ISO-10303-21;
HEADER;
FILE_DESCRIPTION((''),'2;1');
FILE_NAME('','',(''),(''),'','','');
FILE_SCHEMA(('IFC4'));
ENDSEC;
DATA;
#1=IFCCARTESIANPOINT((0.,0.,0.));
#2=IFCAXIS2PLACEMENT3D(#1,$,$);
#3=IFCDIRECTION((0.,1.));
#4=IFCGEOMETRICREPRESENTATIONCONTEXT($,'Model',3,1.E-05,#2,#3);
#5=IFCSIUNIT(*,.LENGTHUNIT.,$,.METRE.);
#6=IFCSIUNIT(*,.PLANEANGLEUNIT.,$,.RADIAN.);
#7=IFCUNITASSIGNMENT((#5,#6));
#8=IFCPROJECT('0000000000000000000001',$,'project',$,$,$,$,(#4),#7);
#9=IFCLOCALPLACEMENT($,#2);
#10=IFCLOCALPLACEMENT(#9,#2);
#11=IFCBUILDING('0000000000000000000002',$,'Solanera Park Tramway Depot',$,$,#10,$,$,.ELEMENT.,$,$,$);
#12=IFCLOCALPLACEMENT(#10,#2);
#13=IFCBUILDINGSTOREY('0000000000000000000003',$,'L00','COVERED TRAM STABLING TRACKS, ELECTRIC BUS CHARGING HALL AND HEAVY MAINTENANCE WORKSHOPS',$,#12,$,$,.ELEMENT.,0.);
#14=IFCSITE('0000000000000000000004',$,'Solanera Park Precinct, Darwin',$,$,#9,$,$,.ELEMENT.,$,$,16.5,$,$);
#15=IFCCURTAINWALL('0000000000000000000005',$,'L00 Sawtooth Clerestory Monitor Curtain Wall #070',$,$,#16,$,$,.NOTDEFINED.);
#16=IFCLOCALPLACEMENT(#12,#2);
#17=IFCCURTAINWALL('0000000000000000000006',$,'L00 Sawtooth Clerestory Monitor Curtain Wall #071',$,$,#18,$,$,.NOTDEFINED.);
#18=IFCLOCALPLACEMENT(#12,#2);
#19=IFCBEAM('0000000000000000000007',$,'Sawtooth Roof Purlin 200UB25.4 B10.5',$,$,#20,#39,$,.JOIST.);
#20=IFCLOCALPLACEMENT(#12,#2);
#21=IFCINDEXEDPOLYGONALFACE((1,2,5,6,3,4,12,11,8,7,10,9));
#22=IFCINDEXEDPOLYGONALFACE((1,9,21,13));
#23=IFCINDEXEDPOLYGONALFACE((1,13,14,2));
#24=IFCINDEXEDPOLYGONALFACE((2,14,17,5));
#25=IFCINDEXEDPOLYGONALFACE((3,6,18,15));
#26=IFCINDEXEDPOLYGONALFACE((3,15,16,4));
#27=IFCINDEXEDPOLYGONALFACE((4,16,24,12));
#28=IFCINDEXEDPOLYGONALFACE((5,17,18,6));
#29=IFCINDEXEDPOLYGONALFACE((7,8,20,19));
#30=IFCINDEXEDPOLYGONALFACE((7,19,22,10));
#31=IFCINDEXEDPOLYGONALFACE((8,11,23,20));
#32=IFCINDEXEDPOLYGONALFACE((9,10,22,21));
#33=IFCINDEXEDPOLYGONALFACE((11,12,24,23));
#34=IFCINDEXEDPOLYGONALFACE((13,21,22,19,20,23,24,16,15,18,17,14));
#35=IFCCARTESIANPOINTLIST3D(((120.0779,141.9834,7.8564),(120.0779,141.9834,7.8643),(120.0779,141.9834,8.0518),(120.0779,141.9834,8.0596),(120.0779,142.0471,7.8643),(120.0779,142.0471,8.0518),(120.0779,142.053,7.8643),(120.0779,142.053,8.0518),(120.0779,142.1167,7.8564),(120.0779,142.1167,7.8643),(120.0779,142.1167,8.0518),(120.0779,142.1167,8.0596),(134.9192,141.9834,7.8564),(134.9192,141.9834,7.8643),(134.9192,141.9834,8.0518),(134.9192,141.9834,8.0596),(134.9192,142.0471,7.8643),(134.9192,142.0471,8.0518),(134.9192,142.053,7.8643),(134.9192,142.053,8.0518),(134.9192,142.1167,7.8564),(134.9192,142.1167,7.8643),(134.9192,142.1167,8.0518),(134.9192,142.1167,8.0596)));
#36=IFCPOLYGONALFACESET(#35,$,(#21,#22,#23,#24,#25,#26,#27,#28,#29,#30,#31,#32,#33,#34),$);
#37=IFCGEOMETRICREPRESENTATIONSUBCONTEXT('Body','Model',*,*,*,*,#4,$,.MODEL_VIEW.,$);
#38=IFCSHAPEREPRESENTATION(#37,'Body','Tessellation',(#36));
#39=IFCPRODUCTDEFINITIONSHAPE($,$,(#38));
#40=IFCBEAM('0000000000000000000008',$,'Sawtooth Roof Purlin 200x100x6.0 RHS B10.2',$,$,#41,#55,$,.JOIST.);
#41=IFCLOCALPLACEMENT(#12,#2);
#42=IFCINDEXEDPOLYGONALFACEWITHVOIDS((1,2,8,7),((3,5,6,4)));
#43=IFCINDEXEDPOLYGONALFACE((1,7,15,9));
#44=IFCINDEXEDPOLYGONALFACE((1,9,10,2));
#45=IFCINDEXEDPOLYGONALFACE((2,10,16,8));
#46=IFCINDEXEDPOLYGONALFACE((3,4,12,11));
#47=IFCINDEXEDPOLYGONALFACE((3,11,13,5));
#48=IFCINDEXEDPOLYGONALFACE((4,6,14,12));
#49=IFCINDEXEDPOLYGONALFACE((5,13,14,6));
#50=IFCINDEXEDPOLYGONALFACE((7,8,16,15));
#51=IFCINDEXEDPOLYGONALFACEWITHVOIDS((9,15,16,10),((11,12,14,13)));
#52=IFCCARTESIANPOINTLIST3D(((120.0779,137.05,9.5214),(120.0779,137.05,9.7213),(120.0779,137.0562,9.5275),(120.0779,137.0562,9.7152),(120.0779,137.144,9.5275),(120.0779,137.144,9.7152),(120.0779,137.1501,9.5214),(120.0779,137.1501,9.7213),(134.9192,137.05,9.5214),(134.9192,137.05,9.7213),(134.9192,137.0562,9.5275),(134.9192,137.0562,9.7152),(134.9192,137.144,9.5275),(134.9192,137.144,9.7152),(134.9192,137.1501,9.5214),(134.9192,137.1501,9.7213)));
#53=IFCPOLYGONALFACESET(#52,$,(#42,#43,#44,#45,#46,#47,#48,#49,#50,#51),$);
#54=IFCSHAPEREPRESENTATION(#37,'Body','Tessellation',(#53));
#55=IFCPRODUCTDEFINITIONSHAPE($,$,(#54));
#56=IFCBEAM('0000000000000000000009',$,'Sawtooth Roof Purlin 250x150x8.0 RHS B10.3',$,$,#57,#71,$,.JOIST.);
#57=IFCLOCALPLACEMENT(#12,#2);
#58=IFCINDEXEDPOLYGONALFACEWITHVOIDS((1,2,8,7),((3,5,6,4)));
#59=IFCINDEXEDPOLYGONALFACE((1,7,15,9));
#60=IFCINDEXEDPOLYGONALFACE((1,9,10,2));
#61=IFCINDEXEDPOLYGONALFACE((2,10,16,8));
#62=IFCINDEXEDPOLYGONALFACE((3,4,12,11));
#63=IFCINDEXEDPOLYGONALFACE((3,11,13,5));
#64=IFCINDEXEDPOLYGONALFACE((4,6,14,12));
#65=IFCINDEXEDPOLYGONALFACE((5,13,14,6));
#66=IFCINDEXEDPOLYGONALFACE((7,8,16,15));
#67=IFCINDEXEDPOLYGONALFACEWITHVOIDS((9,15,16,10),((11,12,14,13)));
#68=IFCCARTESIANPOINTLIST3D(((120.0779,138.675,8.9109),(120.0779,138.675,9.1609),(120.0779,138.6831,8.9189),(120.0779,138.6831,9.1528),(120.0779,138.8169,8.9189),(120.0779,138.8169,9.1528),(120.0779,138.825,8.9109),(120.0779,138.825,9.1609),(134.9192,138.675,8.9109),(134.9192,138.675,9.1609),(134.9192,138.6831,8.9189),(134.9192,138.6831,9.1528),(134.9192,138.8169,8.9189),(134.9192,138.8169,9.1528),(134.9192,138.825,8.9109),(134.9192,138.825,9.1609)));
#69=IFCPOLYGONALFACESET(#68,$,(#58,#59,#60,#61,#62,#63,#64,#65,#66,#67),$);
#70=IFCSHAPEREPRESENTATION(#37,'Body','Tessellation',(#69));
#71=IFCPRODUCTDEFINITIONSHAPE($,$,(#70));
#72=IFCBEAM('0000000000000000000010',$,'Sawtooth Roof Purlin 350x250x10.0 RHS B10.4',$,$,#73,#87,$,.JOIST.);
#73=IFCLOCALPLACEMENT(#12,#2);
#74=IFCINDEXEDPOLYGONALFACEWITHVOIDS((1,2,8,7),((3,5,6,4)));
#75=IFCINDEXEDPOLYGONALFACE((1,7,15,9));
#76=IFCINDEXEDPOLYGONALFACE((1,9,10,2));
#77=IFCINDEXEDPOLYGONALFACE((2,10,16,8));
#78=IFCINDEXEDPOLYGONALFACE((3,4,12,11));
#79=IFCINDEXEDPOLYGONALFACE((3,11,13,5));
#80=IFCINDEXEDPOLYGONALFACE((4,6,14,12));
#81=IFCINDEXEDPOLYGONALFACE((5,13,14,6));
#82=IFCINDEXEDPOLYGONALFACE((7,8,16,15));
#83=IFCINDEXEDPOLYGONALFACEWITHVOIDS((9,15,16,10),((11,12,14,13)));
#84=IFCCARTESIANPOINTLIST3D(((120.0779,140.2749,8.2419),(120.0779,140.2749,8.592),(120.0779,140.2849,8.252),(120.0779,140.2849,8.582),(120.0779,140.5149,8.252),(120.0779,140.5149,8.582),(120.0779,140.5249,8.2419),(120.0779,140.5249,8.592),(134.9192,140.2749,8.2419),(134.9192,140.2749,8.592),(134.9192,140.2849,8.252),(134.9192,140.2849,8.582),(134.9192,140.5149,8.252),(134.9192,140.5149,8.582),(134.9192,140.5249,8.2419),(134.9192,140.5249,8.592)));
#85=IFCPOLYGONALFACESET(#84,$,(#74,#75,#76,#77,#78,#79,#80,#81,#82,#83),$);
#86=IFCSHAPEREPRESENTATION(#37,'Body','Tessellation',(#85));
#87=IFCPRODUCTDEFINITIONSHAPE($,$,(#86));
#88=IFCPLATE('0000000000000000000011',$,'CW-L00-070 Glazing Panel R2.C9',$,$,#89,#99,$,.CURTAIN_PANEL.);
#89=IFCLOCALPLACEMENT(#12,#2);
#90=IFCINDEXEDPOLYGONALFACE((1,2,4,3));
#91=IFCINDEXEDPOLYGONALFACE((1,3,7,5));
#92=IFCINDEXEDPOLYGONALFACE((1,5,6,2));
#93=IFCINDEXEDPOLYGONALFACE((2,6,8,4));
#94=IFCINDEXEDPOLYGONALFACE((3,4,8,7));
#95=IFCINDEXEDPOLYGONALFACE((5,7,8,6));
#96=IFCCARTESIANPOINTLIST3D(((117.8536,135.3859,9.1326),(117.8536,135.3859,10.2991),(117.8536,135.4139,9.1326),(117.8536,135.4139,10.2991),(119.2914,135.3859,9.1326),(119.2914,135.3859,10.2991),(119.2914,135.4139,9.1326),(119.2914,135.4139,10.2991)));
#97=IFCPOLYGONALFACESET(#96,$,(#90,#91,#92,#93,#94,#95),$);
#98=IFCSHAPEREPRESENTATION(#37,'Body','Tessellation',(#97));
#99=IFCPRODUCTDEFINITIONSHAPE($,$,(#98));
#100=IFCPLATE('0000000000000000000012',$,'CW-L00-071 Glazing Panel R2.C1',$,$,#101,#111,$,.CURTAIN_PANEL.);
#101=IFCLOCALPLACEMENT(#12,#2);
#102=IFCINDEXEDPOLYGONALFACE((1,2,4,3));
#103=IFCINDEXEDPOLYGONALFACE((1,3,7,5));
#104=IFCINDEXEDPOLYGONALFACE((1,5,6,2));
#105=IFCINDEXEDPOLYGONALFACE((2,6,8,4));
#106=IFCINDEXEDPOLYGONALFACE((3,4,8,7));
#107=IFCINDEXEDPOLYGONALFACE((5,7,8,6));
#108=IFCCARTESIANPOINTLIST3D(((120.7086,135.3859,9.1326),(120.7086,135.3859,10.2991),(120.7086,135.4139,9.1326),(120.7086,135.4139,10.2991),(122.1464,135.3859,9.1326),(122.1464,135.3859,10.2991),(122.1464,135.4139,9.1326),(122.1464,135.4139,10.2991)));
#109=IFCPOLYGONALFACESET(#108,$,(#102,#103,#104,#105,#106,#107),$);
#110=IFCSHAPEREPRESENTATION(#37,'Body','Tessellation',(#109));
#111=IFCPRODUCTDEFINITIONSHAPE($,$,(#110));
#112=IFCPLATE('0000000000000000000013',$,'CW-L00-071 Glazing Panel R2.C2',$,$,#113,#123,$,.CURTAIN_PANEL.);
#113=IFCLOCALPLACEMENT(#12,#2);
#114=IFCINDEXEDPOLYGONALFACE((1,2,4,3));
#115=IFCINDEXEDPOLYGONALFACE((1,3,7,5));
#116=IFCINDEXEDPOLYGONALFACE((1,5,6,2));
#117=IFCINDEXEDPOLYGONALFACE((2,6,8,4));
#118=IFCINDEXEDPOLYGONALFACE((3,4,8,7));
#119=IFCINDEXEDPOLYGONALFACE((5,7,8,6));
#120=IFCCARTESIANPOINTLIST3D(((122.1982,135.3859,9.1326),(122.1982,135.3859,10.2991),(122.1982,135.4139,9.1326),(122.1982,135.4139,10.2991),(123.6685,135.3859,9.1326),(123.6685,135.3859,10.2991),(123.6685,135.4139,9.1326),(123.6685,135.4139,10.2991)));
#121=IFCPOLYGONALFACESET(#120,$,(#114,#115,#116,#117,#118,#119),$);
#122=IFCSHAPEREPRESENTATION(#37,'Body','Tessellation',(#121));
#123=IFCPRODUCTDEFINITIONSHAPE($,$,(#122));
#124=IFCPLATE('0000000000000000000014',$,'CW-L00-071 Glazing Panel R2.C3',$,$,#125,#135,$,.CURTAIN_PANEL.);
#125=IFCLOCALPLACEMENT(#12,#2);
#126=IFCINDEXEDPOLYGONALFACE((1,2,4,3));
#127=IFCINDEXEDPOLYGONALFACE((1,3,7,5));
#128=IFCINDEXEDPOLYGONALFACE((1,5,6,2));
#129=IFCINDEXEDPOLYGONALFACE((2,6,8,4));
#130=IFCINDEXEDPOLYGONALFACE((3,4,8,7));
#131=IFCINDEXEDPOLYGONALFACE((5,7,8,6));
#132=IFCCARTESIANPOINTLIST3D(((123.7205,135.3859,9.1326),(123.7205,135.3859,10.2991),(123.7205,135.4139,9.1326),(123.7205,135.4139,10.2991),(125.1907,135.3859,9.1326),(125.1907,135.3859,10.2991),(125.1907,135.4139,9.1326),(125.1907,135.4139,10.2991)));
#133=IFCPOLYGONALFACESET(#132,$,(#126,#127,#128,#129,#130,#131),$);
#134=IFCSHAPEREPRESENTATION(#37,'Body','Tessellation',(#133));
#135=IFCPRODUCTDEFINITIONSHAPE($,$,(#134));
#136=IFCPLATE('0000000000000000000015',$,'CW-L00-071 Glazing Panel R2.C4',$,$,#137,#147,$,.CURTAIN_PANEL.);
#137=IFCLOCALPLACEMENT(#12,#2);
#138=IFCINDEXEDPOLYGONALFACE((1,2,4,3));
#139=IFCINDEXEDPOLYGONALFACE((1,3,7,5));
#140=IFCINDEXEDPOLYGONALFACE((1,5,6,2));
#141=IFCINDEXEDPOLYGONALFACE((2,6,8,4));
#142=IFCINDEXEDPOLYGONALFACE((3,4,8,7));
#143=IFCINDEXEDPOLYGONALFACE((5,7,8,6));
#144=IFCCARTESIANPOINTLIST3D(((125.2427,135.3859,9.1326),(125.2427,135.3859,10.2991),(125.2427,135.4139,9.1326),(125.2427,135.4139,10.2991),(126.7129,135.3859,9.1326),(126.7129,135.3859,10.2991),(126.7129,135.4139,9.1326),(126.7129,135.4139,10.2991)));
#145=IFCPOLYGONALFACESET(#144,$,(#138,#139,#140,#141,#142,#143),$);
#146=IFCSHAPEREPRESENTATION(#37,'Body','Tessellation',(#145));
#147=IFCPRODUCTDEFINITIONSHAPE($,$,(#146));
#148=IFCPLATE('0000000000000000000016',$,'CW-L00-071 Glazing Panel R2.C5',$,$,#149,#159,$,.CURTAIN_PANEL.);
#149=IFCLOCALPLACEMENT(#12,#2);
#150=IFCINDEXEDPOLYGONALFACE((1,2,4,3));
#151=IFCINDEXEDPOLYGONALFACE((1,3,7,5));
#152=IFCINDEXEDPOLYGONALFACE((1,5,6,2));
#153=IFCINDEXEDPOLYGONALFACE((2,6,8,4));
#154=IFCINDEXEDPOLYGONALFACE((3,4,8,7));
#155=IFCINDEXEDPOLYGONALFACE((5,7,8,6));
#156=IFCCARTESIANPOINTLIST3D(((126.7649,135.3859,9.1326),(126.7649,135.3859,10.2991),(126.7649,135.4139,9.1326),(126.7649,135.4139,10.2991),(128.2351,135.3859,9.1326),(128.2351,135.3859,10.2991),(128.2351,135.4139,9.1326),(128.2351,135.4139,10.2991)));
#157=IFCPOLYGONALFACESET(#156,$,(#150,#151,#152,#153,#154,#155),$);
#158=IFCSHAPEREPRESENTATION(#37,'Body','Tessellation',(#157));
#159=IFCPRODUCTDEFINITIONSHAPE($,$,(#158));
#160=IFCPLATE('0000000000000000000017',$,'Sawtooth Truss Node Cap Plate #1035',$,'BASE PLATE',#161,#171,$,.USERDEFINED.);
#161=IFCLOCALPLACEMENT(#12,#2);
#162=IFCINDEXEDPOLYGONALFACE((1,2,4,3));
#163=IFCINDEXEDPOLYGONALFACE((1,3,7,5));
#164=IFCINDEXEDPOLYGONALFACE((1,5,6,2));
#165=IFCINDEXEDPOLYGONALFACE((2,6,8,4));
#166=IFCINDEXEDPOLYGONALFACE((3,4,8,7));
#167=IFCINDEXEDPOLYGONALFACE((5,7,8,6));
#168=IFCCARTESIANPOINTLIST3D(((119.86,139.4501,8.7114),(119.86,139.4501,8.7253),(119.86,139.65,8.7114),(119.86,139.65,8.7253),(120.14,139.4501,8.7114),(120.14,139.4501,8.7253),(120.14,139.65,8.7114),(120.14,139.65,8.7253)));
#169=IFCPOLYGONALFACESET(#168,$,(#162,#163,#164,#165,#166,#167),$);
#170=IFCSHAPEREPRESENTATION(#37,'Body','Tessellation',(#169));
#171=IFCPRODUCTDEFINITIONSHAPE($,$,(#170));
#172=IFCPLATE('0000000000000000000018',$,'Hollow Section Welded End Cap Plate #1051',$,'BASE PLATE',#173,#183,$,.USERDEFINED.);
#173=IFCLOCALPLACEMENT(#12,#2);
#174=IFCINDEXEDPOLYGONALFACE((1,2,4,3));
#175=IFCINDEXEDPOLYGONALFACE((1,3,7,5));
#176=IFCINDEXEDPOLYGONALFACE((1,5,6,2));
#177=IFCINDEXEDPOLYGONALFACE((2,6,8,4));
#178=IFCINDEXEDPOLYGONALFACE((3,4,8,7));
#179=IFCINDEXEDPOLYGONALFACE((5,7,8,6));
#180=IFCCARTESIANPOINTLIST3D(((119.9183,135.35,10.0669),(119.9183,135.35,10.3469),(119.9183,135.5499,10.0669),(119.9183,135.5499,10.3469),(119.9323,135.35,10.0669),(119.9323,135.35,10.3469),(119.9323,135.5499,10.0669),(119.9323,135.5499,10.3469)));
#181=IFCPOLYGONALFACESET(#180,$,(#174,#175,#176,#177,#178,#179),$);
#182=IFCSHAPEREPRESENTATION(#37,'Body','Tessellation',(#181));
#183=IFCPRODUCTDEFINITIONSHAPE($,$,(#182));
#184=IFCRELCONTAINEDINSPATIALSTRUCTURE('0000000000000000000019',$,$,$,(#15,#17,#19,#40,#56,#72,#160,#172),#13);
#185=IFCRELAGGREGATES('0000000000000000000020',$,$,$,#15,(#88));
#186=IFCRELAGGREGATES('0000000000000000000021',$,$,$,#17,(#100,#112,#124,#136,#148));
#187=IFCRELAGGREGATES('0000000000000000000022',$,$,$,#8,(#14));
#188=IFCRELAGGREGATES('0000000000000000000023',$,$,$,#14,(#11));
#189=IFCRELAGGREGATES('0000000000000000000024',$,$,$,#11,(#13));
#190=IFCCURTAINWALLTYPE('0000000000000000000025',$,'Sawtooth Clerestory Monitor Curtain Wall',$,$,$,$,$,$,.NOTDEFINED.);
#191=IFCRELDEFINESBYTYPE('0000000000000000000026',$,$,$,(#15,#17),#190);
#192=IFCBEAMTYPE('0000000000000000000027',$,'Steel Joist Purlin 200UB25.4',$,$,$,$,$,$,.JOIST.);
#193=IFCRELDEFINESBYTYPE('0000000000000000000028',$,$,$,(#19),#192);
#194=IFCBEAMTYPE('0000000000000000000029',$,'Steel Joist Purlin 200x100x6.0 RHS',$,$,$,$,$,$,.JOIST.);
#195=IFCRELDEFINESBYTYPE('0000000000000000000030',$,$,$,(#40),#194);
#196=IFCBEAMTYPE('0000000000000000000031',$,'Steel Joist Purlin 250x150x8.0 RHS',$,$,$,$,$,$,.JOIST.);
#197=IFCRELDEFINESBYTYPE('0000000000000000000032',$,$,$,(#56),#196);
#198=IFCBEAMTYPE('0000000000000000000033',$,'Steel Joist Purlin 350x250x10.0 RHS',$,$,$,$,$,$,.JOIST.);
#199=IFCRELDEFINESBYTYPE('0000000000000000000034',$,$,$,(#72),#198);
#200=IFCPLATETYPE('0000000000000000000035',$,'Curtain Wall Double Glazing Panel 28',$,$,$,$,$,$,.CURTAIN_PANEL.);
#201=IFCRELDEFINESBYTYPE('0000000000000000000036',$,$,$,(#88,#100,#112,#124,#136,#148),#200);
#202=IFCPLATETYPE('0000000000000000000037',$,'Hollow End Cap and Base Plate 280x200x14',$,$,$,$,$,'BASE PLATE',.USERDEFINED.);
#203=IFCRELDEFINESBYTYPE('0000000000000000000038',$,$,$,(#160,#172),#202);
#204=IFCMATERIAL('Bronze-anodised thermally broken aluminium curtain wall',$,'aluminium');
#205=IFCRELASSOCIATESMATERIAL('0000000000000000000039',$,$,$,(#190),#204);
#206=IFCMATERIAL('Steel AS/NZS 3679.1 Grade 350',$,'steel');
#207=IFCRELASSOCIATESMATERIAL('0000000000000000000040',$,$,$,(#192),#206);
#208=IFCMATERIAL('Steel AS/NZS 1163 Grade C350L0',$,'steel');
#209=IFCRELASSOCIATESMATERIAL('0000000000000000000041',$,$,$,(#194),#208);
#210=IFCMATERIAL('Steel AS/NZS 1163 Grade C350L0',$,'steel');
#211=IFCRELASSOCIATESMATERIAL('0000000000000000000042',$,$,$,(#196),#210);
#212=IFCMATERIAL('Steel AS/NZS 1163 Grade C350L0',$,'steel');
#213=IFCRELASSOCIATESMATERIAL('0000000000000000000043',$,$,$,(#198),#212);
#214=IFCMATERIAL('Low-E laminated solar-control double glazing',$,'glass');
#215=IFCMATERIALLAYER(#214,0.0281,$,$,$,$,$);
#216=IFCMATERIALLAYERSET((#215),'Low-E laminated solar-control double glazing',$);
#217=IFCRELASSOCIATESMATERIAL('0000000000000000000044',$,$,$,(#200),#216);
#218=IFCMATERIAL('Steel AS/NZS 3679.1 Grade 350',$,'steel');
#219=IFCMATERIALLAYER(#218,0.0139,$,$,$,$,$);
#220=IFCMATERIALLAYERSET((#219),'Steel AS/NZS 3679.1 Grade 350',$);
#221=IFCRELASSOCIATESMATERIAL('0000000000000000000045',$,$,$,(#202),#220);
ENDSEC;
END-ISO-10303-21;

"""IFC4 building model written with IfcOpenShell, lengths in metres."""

from ifc_helpers import new_model, si_unit, direction, frame, origin, origin_2d, place, context, subcontext, project, spatial, rectangle, hollow_rectangle, i_section, extrude, material, layer, layer_set, material_profile, profile_set, type_object, element, aggregate, save


model = new_model("IFC4")

# Units and contexts
model_context = context("Model", 3, precision=1e-05, world=origin(), true_north=direction((0.0, 1.0)))
body_context = subcontext(model_context, "Body", "Model", "MODEL_VIEW")
ifc_project = project(units=[si_unit("LENGTHUNIT", "METRE"), si_unit("PLANEANGLEUNIT", "RADIAN")], contexts=[model_context])

# Site, building, storey
site_placement = place(None, origin())
site = spatial("IfcSite", under=ifc_project, at=site_placement, Name="Solanera Park Precinct, Darwin", CompositionType="ELEMENT", RefElevation=16.5)
building_placement = place(site_placement, origin())
building = spatial("IfcBuilding", under=site, at=building_placement, Name="Solanera Park Tramway Depot", CompositionType="ELEMENT")
storey_placement = place(building_placement, origin())
storey = spatial("IfcBuildingStorey", under=building, at=storey_placement, Name="L00", Description="COVERED TRAM STABLING TRACKS, ELECTRIC BUS CHARGING HALL AND HEAVY MAINTENANCE WORKSHOPS", CompositionType="ELEMENT", Elevation=0.0)

# Curtain wall
ifc_material_1 = material(Name="Bronze-anodised thermally broken aluminium curtain wall", Category="aluminium")
curtain_wall_type = type_object("IfcCurtainWallType", Name="Sawtooth Clerestory Monitor Curtain Wall", PredefinedType="NOTDEFINED", material=ifc_material_1)
curtain_wall_1_placement = place(storey_placement, origin())
curtain_wall_1 = element("IfcCurtainWall", 1, at=curtain_wall_1_placement, inside=storey, type_object=curtain_wall_type, Name="L00 Sawtooth Clerestory Monitor Curtain Wall #070", PredefinedType="NOTDEFINED")

# Curtain wall
curtain_wall_2_placement = place(storey_placement, origin())
curtain_wall_2 = element("IfcCurtainWall", 2, at=curtain_wall_2_placement, inside=storey, type_object=curtain_wall_type, Name="L00 Sawtooth Clerestory Monitor Curtain Wall #071", PredefinedType="NOTDEFINED")

# Beams
ifc_material_2 = material(Name="Steel AS/NZS 3679.1 Grade 350", Category="steel")
ifc_material_profile_1 = material_profile(ifc_material_2, i_section(OverallWidth=0.1333, OverallDepth=0.2031, WebThickness=0.0059, FlangeThickness=0.0078, at=origin_2d()), Name="200UB25.4")
ifc_profile_set_1 = profile_set([ifc_material_profile_1], Name="Steel AS/NZS 3679.1 Grade 350")
beam_type_1 = type_object("IfcBeamType", Name="Steel Joist Purlin 200UB25.4", PredefinedType="JOIST", material=ifc_profile_set_1)
beam_1_placement = place(storey_placement, frame((120.0779, 142.05, 7.958), z_axis=(1.0, 0.0, 0.0), x_axis=(0.0, 1.0, 0.0)))
element("IfcBeam", 3, at=beam_1_placement, inside=storey, type_object=beam_type_1, Name="Sawtooth Roof Purlin 200UB25.4 B10.5", PredefinedType="JOIST", context=body_context, shape_type="SweptSolid", body=[
    extrude(i_section(OverallWidth=0.1333, OverallDepth=0.2031, WebThickness=0.0059, FlangeThickness=0.0078, at=origin_2d()), origin(), (0.0, 0.0, 1.0), 14.8413),
])
ifc_material_3 = material(Name="Steel AS/NZS 1163 Grade C350L0", Category="steel")
ifc_material_profile_2 = material_profile(ifc_material_3, hollow_rectangle(XDim=0.1001, YDim=0.2, WallThickness=0.0061, at=origin_2d()), Name="200x100x6.0 RHS")
ifc_profile_set_2 = profile_set([ifc_material_profile_2], Name="Steel AS/NZS 1163 Grade C350L0")
beam_type_2 = type_object("IfcBeamType", Name="Steel Joist Purlin 200x100x6.0 RHS", PredefinedType="JOIST", material=ifc_profile_set_2)
beam_2_placement = place(storey_placement, frame((120.0779, 137.1001, 9.6213), z_axis=(1.0, 0.0, 0.0), x_axis=(0.0, 1.0, 0.0)))
element("IfcBeam", 4, at=beam_2_placement, inside=storey, type_object=beam_type_2, Name="Sawtooth Roof Purlin 200x100x6.0 RHS B10.2", PredefinedType="JOIST", context=body_context, shape_type="SweptSolid", body=[
    extrude(hollow_rectangle(XDim=0.1001, YDim=0.2, WallThickness=0.0061, at=origin_2d()), origin(), (0.0, 0.0, 1.0), 14.8413),
])
ifc_material_4 = material(Name="Steel AS/NZS 1163 Grade C350L0", Category="steel")
ifc_material_profile_3 = material_profile(ifc_material_4, hollow_rectangle(XDim=0.1499, YDim=0.25, WallThickness=0.0081, at=origin_2d()), Name="250x150x8.0 RHS")
ifc_profile_set_3 = profile_set([ifc_material_profile_3], Name="Steel AS/NZS 1163 Grade C350L0")
beam_type_3 = type_object("IfcBeamType", Name="Steel Joist Purlin 250x150x8.0 RHS", PredefinedType="JOIST", material=ifc_profile_set_3)
beam_3_placement = place(storey_placement, frame((120.0779, 138.75, 9.0359), z_axis=(1.0, 0.0, 0.0), x_axis=(0.0, 1.0, 0.0)))
element("IfcBeam", 5, at=beam_3_placement, inside=storey, type_object=beam_type_3, Name="Sawtooth Roof Purlin 250x150x8.0 RHS B10.3", PredefinedType="JOIST", context=body_context, shape_type="SweptSolid", body=[
    extrude(hollow_rectangle(XDim=0.1499, YDim=0.25, WallThickness=0.0081, at=origin_2d()), origin(), (0.0, 0.0, 1.0), 14.8413),
])
ifc_material_5 = material(Name="Steel AS/NZS 1163 Grade C350L0", Category="steel")
ifc_material_profile_4 = material_profile(ifc_material_5, hollow_rectangle(XDim=0.25, YDim=0.3501, WallThickness=0.01, at=origin_2d()), Name="350x250x10.0 RHS")
ifc_profile_set_4 = profile_set([ifc_material_profile_4], Name="Steel AS/NZS 1163 Grade C350L0")
beam_type_4 = type_object("IfcBeamType", Name="Steel Joist Purlin 350x250x10.0 RHS", PredefinedType="JOIST", material=ifc_profile_set_4)
beam_4_placement = place(storey_placement, frame((120.0779, 140.3999, 8.417), z_axis=(1.0, 0.0, 0.0), x_axis=(0.0, 1.0, 0.0)))
element("IfcBeam", 6, at=beam_4_placement, inside=storey, type_object=beam_type_4, Name="Sawtooth Roof Purlin 350x250x10.0 RHS B10.4", PredefinedType="JOIST", context=body_context, shape_type="SweptSolid", body=[
    extrude(hollow_rectangle(XDim=0.25, YDim=0.3501, WallThickness=0.01, at=origin_2d()), origin(), (0.0, 0.0, 1.0), 14.8413),
])

# Plates
ifc_material_6 = material(Name="Low-E laminated solar-control double glazing", Category="glass")
ifc_layer_1 = layer(ifc_material_6, 0.0281)
ifc_layer_set_1 = layer_set([ifc_layer_1], Name="Low-E laminated solar-control double glazing")
plate_type_1 = type_object("IfcPlateType", Name="Curtain Wall Double Glazing Panel 28", PredefinedType="CURTAIN_PANEL", material=ifc_layer_set_1)
plate_1_placement = place(storey_placement, frame((118.5725, 135.3999, 9.1326), z_axis=(0.0, 0.0, 1.0), x_axis=(1.0, 0.0, 0.0)))
plate_1 = element("IfcPlate", 7, at=plate_1_placement, type_object=plate_type_1, Name="CW-L00-070 Glazing Panel R2.C9", PredefinedType="CURTAIN_PANEL", context=body_context, shape_type="SweptSolid", body=[
    extrude(rectangle(XDim=1.4377, YDim=0.0281, at=origin_2d()), origin(), (0.0, 0.0, 1.0), 1.1665),
])
aggregate(curtain_wall_1, [plate_1])
plate_2_placement = place(storey_placement, frame((121.4275, 135.3999, 9.1326), z_axis=(0.0, 0.0, 1.0), x_axis=(1.0, 0.0, 0.0)))
plate_2 = element("IfcPlate", 8, at=plate_2_placement, type_object=plate_type_1, Name="CW-L00-071 Glazing Panel R2.C1", PredefinedType="CURTAIN_PANEL", context=body_context, shape_type="SweptSolid", body=[
    extrude(rectangle(XDim=1.4377, YDim=0.0281, at=origin_2d()), origin(), (0.0, 0.0, 1.0), 1.1665),
])
plate_3_placement = place(storey_placement, frame((122.9333, 135.3999, 9.1326), z_axis=(0.0, 0.0, 1.0), x_axis=(1.0, 0.0, 0.0)))
plate_3 = element("IfcPlate", 9, at=plate_3_placement, type_object=plate_type_1, Name="CW-L00-071 Glazing Panel R2.C2", PredefinedType="CURTAIN_PANEL", context=body_context, shape_type="SweptSolid", body=[
    extrude(rectangle(XDim=1.4702, YDim=0.0281, at=origin_2d()), origin(), (0.0, 0.0, 1.0), 1.1665),
])
plate_4_placement = place(storey_placement, frame((124.4556, 135.3999, 9.1326), z_axis=(0.0, 0.0, 1.0), x_axis=(1.0, 0.0, 0.0)))
plate_4 = element("IfcPlate", 10, at=plate_4_placement, type_object=plate_type_1, Name="CW-L00-071 Glazing Panel R2.C3", PredefinedType="CURTAIN_PANEL", context=body_context, shape_type="SweptSolid", body=[
    extrude(rectangle(XDim=1.4702, YDim=0.0281, at=origin_2d()), origin(), (0.0, 0.0, 1.0), 1.1665),
])
plate_5_placement = place(storey_placement, frame((125.9778, 135.3999, 9.1326), z_axis=(0.0, 0.0, 1.0), x_axis=(1.0, 0.0, 0.0)))
plate_5 = element("IfcPlate", 11, at=plate_5_placement, type_object=plate_type_1, Name="CW-L00-071 Glazing Panel R2.C4", PredefinedType="CURTAIN_PANEL", context=body_context, shape_type="SweptSolid", body=[
    extrude(rectangle(XDim=1.4702, YDim=0.0281, at=origin_2d()), origin(), (0.0, 0.0, 1.0), 1.1665),
])
plate_6_placement = place(storey_placement, frame((127.5, 135.3999, 9.1326), z_axis=(0.0, 0.0, 1.0), x_axis=(1.0, 0.0, 0.0)))
plate_6 = element("IfcPlate", 12, at=plate_6_placement, type_object=plate_type_1, Name="CW-L00-071 Glazing Panel R2.C5", PredefinedType="CURTAIN_PANEL", context=body_context, shape_type="SweptSolid", body=[
    extrude(rectangle(XDim=1.4702, YDim=0.0281, at=origin_2d()), origin(), (0.0, 0.0, 1.0), 1.1665),
])
aggregate(curtain_wall_2, [plate_2, plate_3, plate_4, plate_5, plate_6])

# Plates
ifc_material_7 = material(Name="Steel AS/NZS 3679.1 Grade 350", Category="steel")
ifc_layer_2 = layer(ifc_material_7, 0.0139)
ifc_layer_set_2 = layer_set([ifc_layer_2], Name="Steel AS/NZS 3679.1 Grade 350")
plate_type_2 = type_object("IfcPlateType", Name="Hollow End Cap and Base Plate 280x200x14", ElementType="BASE PLATE", PredefinedType="USERDEFINED", material=ifc_layer_set_2)
plate_7_placement = place(storey_placement, frame((120.0, 139.55, 8.7114), z_axis=(0.0, 0.0, 1.0), x_axis=(1.0, 0.0, 0.0)))
element("IfcPlate", 13, at=plate_7_placement, inside=storey, type_object=plate_type_2, Name="Sawtooth Truss Node Cap Plate #1035", ObjectType="BASE PLATE", PredefinedType="USERDEFINED", context=body_context, shape_type="SweptSolid", body=[
    extrude(rectangle(XDim=0.28, YDim=0.2, at=origin_2d()), origin(), (0.0, 0.0, 1.0), 0.0139),
])
for number, where, z_axis, x_axis, name in (
    (14, (119.9253, 135.45, 10.0669), (0.0, 0.0, 1.0), (1.0, 0.0, 0.0), "Hollow Section Welded End Cap Plate #1051"),
):
    element("IfcPlate", number, at=place(storey_placement, frame(where, z_axis=z_axis, x_axis=x_axis)), inside=storey, type_object=plate_type_2, Name=name, ObjectType="BASE PLATE", PredefinedType="USERDEFINED", context=body_context, shape_type="SweptSolid", body=[
        extrude(rectangle(XDim=0.0139, YDim=0.2, at=origin_2d()), origin(), (0.0, 0.0, 1.0), 0.28),
    ])

save(model, "model.ifc")
